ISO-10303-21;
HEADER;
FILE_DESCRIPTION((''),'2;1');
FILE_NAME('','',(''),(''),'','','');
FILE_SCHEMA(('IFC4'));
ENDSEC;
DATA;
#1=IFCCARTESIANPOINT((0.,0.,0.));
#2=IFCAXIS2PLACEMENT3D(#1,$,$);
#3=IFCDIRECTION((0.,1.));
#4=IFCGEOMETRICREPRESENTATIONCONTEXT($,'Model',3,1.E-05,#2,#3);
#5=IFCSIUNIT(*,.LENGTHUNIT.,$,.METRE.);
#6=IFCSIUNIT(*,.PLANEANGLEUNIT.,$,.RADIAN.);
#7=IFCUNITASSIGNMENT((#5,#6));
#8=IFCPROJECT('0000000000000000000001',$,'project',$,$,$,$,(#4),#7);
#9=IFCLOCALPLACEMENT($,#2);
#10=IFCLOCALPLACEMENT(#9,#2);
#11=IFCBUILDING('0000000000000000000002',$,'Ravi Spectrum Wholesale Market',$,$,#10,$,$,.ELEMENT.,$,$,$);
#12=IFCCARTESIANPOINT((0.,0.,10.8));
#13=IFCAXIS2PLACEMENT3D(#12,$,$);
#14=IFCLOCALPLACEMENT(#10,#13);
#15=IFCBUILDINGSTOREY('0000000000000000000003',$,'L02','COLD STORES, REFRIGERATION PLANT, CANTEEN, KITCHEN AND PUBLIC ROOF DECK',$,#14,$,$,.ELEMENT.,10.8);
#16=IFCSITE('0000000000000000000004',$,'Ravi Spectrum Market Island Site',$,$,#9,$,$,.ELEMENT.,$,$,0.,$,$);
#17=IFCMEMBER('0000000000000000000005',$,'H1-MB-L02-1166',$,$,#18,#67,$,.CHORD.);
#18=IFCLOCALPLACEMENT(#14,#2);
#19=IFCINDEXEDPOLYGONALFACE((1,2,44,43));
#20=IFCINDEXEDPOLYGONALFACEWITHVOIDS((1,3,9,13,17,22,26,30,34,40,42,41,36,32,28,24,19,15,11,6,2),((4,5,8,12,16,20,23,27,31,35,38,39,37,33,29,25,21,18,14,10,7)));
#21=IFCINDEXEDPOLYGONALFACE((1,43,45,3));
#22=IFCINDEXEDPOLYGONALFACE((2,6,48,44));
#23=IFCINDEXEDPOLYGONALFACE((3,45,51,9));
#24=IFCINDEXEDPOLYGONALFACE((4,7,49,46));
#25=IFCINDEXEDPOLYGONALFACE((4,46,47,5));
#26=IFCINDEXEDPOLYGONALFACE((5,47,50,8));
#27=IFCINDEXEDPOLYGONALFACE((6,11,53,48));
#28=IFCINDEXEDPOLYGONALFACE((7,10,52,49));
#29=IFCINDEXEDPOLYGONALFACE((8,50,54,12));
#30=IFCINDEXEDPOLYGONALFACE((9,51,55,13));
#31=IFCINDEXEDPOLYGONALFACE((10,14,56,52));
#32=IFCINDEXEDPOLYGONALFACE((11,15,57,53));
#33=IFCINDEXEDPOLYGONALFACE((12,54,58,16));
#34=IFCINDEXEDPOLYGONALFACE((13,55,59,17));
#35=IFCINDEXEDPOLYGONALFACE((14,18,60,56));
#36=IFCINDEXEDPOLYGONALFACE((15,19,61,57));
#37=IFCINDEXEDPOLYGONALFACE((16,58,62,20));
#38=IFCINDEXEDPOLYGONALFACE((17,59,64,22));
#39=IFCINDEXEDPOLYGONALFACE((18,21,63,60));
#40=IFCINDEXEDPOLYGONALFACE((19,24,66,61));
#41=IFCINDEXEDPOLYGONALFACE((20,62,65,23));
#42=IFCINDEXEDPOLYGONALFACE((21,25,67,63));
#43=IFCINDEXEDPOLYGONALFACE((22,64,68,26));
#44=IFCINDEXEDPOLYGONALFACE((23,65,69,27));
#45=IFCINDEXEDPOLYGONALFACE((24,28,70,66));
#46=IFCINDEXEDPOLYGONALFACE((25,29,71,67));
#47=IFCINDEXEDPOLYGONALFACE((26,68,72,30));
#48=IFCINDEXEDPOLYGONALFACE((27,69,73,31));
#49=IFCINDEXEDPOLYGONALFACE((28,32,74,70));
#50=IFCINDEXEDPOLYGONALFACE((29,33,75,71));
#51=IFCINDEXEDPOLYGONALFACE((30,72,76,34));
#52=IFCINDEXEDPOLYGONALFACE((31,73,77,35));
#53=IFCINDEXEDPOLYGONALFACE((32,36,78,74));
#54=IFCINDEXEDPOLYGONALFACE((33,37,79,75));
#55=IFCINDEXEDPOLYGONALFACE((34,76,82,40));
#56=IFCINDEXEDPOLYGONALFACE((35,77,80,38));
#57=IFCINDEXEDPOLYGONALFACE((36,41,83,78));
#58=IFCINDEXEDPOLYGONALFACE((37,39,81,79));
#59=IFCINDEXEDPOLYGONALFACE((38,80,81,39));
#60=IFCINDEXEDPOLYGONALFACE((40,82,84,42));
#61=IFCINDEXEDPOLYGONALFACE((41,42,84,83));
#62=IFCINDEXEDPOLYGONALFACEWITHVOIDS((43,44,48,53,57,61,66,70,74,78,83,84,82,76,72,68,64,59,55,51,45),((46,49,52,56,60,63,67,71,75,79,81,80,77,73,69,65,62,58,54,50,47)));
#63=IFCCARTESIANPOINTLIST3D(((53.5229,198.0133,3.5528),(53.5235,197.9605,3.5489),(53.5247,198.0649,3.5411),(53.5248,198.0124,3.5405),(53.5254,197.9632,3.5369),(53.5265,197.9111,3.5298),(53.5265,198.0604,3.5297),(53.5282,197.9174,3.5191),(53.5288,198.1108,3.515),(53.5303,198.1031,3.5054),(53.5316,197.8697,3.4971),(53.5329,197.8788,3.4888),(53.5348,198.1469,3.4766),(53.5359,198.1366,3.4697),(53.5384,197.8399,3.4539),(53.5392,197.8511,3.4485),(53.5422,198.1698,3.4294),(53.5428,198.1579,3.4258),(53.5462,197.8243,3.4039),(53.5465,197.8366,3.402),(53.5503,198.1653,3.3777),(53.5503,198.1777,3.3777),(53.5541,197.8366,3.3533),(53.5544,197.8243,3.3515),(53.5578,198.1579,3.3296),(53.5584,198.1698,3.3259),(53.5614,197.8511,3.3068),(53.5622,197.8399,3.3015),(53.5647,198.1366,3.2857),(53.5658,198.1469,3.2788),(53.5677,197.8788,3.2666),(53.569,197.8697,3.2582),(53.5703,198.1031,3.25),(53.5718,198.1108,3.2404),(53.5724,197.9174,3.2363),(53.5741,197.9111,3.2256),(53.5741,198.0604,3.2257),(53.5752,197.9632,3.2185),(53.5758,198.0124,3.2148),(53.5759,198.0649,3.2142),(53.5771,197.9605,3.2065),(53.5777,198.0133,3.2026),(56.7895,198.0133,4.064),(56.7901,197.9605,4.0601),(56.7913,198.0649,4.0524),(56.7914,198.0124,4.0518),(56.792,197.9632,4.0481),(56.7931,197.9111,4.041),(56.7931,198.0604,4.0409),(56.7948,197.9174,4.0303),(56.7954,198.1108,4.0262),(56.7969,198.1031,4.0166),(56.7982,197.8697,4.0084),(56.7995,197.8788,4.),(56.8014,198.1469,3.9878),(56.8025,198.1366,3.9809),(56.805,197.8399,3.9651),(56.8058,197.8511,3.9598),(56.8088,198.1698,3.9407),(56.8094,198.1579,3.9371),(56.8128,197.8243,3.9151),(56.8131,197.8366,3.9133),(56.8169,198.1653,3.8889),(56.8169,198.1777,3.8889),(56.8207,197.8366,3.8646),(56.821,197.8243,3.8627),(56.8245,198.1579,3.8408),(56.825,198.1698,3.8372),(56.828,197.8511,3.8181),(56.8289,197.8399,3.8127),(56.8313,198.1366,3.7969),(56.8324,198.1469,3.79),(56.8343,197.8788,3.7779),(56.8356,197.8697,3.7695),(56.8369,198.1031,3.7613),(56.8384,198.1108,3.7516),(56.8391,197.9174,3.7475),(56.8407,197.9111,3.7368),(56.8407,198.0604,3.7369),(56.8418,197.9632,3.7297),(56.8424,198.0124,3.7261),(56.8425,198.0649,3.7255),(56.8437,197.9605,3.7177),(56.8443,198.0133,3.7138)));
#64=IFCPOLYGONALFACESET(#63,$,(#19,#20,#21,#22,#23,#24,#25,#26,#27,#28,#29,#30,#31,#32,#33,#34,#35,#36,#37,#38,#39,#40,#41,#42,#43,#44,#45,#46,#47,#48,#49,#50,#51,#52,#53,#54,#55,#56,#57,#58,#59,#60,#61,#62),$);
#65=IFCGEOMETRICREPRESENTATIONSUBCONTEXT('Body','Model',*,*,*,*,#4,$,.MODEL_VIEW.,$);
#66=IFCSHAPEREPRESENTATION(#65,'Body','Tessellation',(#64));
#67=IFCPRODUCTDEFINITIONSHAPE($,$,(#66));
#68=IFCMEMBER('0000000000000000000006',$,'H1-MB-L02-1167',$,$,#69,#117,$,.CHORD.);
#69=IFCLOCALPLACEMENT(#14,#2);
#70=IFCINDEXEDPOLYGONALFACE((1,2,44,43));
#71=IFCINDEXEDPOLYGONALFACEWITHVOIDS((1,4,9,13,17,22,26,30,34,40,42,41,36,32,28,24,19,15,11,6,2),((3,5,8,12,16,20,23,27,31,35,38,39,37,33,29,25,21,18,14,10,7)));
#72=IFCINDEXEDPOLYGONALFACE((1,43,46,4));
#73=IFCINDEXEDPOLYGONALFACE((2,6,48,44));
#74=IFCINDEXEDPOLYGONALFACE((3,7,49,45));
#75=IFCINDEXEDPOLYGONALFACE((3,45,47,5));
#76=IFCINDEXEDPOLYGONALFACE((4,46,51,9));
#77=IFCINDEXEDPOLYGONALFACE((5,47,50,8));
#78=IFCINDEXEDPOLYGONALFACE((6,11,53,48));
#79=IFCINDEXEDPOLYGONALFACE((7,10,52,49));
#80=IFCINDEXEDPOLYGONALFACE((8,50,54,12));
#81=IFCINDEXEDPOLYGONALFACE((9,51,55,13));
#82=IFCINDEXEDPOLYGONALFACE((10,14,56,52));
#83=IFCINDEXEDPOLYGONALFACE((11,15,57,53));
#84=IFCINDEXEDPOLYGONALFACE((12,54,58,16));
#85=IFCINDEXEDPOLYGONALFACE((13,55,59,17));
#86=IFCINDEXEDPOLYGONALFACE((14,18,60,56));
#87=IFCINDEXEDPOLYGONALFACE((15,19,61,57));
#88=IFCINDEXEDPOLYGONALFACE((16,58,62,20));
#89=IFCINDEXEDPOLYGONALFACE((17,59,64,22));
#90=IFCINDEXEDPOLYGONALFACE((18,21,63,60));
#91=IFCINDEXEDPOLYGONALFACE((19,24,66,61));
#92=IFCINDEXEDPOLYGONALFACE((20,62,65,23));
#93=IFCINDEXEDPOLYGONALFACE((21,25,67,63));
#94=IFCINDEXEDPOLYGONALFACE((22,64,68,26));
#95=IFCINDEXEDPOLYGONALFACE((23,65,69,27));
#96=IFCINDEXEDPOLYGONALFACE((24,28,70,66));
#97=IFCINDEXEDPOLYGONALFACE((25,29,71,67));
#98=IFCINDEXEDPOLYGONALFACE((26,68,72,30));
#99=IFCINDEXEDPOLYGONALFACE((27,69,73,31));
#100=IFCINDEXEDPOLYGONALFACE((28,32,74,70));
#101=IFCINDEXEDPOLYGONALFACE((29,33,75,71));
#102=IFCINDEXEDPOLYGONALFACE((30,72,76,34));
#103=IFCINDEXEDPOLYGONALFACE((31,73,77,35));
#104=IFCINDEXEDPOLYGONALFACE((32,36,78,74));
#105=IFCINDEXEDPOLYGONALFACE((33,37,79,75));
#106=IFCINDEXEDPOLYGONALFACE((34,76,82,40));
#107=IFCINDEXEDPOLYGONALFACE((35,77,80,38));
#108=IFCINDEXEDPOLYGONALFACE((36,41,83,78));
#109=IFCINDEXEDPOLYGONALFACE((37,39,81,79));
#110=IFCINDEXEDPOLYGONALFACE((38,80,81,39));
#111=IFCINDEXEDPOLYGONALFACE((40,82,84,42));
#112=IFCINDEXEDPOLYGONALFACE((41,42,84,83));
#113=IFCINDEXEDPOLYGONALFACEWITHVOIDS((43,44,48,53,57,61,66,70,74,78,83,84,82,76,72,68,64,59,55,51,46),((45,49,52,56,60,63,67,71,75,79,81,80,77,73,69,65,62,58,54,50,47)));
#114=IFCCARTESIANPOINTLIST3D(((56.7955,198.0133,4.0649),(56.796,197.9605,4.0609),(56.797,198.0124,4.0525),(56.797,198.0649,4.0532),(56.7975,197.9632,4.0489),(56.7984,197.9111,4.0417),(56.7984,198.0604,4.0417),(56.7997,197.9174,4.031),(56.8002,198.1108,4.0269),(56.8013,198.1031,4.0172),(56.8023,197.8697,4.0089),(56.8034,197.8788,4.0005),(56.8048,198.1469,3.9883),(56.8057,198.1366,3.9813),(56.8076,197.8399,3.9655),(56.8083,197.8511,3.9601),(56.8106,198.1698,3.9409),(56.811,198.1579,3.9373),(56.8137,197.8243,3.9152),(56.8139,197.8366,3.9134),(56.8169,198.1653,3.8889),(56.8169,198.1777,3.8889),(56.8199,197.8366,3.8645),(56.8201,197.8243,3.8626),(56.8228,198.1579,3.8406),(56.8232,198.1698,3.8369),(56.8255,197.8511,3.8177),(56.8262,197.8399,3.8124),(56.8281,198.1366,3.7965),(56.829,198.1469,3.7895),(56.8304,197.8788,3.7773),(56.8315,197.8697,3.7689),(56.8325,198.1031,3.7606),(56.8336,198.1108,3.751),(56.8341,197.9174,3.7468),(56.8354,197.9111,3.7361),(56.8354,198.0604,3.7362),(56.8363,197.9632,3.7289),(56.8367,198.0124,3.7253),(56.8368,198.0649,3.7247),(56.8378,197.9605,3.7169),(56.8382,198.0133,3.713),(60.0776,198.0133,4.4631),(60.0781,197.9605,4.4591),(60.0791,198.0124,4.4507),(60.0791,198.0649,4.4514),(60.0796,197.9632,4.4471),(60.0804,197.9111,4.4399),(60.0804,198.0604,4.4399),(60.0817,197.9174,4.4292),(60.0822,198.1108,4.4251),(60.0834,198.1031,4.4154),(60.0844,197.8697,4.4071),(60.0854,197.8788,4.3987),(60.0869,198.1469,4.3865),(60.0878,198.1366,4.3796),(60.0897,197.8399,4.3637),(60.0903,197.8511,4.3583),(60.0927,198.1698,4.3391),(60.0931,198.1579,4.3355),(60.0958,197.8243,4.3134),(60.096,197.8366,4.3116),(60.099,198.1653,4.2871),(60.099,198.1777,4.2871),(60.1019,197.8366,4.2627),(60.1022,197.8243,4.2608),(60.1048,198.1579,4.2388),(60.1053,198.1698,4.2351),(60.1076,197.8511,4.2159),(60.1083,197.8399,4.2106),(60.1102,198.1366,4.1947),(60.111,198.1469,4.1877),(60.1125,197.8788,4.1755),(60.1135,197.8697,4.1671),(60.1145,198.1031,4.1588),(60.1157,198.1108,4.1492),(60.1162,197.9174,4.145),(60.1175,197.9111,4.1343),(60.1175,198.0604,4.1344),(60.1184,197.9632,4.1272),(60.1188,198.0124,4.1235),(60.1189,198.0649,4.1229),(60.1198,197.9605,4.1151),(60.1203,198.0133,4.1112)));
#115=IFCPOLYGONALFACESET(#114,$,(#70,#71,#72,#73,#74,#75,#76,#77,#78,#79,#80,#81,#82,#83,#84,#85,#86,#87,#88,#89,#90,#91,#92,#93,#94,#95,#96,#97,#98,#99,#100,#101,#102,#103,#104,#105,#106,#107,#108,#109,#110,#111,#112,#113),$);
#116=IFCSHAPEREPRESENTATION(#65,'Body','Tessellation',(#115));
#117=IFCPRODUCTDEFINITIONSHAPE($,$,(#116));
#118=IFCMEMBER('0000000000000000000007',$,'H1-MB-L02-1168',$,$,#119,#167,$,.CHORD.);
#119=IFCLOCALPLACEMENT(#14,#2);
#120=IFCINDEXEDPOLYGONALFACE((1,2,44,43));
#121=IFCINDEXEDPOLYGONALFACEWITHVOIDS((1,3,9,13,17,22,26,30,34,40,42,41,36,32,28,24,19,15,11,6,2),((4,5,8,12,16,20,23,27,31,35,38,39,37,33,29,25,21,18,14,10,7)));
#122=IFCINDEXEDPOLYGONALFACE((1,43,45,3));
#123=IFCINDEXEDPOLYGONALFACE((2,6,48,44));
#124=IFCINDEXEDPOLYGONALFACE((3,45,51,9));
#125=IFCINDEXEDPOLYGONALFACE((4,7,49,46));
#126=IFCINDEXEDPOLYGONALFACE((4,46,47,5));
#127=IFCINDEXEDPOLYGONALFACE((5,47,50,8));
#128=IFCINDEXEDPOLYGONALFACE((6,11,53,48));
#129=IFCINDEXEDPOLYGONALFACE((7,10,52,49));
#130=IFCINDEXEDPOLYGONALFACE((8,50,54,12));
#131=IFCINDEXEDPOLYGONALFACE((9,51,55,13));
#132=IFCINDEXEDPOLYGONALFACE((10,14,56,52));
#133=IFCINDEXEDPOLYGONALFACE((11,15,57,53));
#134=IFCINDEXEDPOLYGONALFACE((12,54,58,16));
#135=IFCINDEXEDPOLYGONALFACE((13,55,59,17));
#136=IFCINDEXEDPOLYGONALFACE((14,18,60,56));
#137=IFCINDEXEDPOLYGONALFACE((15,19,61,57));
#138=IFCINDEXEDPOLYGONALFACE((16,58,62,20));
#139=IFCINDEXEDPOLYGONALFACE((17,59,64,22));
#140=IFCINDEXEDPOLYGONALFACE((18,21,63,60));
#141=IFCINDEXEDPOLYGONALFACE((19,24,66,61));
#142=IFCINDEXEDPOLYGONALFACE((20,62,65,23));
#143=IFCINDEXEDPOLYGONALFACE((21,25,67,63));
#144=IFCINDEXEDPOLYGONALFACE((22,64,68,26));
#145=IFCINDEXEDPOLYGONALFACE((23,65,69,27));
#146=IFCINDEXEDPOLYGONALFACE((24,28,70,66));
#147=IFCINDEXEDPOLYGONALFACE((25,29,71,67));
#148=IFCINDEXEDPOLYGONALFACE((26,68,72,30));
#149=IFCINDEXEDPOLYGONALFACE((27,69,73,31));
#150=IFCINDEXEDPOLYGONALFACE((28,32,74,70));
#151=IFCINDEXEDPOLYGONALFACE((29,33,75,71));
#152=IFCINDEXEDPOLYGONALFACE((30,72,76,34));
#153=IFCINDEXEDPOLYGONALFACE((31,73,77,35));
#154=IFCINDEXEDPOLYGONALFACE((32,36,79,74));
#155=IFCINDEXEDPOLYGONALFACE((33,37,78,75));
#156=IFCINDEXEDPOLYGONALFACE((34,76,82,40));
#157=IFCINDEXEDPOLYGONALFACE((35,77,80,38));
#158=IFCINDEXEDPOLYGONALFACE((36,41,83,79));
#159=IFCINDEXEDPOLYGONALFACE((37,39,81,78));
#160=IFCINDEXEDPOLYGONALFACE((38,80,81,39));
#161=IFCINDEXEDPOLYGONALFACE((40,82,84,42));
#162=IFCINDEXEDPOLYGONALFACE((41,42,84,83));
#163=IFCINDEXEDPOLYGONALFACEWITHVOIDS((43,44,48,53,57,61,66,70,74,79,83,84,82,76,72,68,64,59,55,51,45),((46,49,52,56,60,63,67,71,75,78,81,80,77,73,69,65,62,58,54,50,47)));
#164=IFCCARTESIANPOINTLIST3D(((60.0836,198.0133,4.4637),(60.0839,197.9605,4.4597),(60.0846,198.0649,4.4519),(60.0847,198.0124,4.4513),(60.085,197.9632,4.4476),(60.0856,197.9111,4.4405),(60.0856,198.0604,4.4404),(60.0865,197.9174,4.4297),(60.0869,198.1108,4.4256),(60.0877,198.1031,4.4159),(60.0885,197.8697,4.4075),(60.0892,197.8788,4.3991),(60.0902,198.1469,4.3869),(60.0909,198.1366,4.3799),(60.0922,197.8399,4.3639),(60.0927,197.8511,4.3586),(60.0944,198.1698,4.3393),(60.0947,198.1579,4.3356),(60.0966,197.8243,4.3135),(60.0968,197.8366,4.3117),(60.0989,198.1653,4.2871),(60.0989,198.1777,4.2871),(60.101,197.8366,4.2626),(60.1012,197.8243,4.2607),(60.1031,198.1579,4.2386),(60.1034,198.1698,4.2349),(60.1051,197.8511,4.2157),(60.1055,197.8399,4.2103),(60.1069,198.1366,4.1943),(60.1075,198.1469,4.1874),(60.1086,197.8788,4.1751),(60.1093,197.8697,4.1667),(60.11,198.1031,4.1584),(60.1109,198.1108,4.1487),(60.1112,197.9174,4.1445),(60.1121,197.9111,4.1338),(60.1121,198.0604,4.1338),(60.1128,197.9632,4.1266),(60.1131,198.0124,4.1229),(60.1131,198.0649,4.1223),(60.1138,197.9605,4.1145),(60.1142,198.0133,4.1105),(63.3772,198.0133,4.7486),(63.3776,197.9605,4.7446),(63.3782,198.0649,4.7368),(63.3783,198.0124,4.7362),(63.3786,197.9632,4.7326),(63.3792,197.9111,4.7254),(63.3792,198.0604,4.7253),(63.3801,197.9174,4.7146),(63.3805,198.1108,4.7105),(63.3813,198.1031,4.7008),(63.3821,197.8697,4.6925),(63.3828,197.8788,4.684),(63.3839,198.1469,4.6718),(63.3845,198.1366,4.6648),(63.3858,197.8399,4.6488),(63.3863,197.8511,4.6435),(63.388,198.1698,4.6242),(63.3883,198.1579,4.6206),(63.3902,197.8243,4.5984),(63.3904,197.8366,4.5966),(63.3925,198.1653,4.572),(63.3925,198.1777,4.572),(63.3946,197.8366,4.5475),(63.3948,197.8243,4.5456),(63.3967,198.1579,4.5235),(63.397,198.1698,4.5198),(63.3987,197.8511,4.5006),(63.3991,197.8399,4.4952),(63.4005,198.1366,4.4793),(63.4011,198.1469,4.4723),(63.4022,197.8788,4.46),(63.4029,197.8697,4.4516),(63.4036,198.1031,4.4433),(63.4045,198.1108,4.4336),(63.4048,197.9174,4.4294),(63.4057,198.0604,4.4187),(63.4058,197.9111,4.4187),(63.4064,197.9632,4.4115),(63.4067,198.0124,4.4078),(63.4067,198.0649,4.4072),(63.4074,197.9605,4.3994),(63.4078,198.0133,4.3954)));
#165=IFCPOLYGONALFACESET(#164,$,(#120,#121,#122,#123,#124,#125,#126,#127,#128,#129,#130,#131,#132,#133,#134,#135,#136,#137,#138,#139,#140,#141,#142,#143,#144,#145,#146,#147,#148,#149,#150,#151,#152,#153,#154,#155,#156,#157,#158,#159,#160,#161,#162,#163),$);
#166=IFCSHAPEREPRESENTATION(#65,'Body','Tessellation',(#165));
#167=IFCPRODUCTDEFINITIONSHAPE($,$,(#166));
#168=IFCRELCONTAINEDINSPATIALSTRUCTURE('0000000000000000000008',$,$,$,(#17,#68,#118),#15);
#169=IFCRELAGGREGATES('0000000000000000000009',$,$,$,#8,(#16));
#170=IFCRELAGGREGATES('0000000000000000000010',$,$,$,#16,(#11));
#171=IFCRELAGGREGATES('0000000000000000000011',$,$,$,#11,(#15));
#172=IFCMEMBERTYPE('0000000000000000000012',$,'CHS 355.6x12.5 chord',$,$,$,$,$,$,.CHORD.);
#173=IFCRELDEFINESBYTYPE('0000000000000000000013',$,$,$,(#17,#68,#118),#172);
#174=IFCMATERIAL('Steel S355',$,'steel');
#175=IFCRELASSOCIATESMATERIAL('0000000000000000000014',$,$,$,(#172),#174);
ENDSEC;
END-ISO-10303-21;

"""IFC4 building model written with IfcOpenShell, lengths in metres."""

from ifc_helpers import new_model, si_unit, direction, frame, origin, origin_2d, place, context, subcontext, project, spatial, hollow_circle, extrude, material, material_profile, profile_set, type_object, element, save


model = new_model("IFC4")

# Units and contexts
model_context = context("Model", 3, precision=1e-05, world=origin(), true_north=direction((0.0, 1.0)))
body_context = subcontext(model_context, "Body", "Model", "MODEL_VIEW")
ifc_project = project(units=[si_unit("LENGTHUNIT", "METRE"), si_unit("PLANEANGLEUNIT", "RADIAN")], contexts=[model_context])

# Site, building, storey
site_placement = place(None, origin())
site = spatial("IfcSite", under=ifc_project, at=site_placement, Name="Ravi Spectrum Market Island Site", CompositionType="ELEMENT", RefElevation=0.0)
building_placement = place(site_placement, origin())
building = spatial("IfcBuilding", under=site, at=building_placement, Name="Ravi Spectrum Wholesale Market", CompositionType="ELEMENT")
storey_placement = place(building_placement, frame((0.0, 0.0, 10.8)))
storey = spatial("IfcBuildingStorey", under=building, at=storey_placement, Name="L02", Description="COLD STORES, REFRIGERATION PLANT, CANTEEN, KITCHEN AND PUBLIC ROOF DECK", CompositionType="ELEMENT", Elevation=10.8)

# Members
ifc_material_1 = material(Name="Steel S355", Category="steel")
ifc_material_profile_1 = material_profile(ifc_material_1, hollow_circle(Radius=0.1777, WallThickness=0.0125, at=origin_2d()))
ifc_profile_set_1 = profile_set([ifc_material_profile_1], Name="Steel S355")
member_type_1 = type_object("IfcMemberType", Name="CHS 355.6x12.5 chord", PredefinedType="CHORD", material=ifc_profile_set_1)
member_1_placement = place(storey_placement, frame((53.5503, 198.0, 3.3777), z_axis=(0.987974, 0.0, 0.15462), x_axis=(0.0, 1.0, 0.0)))
element("IfcMember", 1, at=member_1_placement, inside=storey, type_object=member_type_1, Name="H1-MB-L02-1166", PredefinedType="CHORD", context=body_context, shape_type="SweptSolid", body=[
    extrude(hollow_circle(Radius=0.1777, WallThickness=0.0125, at=origin_2d()), origin(), (0.0, 0.0, 1.0), 3.3064),
])
member_2_placement = place(storey_placement, frame((56.8169, 198.0, 3.8889), z_axis=(0.99272, 0.0, 0.120444), x_axis=(0.0, 1.0, 0.0)))
element("IfcMember", 2, at=member_2_placement, inside=storey, type_object=member_type_1, Name="H1-MB-L02-1167", PredefinedType="CHORD", context=body_context, shape_type="SweptSolid", body=[
    extrude(hollow_circle(Radius=0.1777, WallThickness=0.0125, at=origin_2d()), origin(), (0.0, 0.0, 1.0), 3.3062),
])
member_3_placement = place(storey_placement, frame((60.0989, 198.0, 4.2871), z_axis=(0.99628, 0.0, 0.08618), x_axis=(0.0, 1.0, 0.0)))
element("IfcMember", 3, at=member_3_placement, inside=storey, type_object=member_type_1, Name="H1-MB-L02-1168", PredefinedType="CHORD", context=body_context, shape_type="SweptSolid", body=[
    extrude(hollow_circle(Radius=0.1777, WallThickness=0.0125, at=origin_2d()), origin(), (0.0, 0.0, 1.0), 3.3059),
])

save(model, "model.ifc")
